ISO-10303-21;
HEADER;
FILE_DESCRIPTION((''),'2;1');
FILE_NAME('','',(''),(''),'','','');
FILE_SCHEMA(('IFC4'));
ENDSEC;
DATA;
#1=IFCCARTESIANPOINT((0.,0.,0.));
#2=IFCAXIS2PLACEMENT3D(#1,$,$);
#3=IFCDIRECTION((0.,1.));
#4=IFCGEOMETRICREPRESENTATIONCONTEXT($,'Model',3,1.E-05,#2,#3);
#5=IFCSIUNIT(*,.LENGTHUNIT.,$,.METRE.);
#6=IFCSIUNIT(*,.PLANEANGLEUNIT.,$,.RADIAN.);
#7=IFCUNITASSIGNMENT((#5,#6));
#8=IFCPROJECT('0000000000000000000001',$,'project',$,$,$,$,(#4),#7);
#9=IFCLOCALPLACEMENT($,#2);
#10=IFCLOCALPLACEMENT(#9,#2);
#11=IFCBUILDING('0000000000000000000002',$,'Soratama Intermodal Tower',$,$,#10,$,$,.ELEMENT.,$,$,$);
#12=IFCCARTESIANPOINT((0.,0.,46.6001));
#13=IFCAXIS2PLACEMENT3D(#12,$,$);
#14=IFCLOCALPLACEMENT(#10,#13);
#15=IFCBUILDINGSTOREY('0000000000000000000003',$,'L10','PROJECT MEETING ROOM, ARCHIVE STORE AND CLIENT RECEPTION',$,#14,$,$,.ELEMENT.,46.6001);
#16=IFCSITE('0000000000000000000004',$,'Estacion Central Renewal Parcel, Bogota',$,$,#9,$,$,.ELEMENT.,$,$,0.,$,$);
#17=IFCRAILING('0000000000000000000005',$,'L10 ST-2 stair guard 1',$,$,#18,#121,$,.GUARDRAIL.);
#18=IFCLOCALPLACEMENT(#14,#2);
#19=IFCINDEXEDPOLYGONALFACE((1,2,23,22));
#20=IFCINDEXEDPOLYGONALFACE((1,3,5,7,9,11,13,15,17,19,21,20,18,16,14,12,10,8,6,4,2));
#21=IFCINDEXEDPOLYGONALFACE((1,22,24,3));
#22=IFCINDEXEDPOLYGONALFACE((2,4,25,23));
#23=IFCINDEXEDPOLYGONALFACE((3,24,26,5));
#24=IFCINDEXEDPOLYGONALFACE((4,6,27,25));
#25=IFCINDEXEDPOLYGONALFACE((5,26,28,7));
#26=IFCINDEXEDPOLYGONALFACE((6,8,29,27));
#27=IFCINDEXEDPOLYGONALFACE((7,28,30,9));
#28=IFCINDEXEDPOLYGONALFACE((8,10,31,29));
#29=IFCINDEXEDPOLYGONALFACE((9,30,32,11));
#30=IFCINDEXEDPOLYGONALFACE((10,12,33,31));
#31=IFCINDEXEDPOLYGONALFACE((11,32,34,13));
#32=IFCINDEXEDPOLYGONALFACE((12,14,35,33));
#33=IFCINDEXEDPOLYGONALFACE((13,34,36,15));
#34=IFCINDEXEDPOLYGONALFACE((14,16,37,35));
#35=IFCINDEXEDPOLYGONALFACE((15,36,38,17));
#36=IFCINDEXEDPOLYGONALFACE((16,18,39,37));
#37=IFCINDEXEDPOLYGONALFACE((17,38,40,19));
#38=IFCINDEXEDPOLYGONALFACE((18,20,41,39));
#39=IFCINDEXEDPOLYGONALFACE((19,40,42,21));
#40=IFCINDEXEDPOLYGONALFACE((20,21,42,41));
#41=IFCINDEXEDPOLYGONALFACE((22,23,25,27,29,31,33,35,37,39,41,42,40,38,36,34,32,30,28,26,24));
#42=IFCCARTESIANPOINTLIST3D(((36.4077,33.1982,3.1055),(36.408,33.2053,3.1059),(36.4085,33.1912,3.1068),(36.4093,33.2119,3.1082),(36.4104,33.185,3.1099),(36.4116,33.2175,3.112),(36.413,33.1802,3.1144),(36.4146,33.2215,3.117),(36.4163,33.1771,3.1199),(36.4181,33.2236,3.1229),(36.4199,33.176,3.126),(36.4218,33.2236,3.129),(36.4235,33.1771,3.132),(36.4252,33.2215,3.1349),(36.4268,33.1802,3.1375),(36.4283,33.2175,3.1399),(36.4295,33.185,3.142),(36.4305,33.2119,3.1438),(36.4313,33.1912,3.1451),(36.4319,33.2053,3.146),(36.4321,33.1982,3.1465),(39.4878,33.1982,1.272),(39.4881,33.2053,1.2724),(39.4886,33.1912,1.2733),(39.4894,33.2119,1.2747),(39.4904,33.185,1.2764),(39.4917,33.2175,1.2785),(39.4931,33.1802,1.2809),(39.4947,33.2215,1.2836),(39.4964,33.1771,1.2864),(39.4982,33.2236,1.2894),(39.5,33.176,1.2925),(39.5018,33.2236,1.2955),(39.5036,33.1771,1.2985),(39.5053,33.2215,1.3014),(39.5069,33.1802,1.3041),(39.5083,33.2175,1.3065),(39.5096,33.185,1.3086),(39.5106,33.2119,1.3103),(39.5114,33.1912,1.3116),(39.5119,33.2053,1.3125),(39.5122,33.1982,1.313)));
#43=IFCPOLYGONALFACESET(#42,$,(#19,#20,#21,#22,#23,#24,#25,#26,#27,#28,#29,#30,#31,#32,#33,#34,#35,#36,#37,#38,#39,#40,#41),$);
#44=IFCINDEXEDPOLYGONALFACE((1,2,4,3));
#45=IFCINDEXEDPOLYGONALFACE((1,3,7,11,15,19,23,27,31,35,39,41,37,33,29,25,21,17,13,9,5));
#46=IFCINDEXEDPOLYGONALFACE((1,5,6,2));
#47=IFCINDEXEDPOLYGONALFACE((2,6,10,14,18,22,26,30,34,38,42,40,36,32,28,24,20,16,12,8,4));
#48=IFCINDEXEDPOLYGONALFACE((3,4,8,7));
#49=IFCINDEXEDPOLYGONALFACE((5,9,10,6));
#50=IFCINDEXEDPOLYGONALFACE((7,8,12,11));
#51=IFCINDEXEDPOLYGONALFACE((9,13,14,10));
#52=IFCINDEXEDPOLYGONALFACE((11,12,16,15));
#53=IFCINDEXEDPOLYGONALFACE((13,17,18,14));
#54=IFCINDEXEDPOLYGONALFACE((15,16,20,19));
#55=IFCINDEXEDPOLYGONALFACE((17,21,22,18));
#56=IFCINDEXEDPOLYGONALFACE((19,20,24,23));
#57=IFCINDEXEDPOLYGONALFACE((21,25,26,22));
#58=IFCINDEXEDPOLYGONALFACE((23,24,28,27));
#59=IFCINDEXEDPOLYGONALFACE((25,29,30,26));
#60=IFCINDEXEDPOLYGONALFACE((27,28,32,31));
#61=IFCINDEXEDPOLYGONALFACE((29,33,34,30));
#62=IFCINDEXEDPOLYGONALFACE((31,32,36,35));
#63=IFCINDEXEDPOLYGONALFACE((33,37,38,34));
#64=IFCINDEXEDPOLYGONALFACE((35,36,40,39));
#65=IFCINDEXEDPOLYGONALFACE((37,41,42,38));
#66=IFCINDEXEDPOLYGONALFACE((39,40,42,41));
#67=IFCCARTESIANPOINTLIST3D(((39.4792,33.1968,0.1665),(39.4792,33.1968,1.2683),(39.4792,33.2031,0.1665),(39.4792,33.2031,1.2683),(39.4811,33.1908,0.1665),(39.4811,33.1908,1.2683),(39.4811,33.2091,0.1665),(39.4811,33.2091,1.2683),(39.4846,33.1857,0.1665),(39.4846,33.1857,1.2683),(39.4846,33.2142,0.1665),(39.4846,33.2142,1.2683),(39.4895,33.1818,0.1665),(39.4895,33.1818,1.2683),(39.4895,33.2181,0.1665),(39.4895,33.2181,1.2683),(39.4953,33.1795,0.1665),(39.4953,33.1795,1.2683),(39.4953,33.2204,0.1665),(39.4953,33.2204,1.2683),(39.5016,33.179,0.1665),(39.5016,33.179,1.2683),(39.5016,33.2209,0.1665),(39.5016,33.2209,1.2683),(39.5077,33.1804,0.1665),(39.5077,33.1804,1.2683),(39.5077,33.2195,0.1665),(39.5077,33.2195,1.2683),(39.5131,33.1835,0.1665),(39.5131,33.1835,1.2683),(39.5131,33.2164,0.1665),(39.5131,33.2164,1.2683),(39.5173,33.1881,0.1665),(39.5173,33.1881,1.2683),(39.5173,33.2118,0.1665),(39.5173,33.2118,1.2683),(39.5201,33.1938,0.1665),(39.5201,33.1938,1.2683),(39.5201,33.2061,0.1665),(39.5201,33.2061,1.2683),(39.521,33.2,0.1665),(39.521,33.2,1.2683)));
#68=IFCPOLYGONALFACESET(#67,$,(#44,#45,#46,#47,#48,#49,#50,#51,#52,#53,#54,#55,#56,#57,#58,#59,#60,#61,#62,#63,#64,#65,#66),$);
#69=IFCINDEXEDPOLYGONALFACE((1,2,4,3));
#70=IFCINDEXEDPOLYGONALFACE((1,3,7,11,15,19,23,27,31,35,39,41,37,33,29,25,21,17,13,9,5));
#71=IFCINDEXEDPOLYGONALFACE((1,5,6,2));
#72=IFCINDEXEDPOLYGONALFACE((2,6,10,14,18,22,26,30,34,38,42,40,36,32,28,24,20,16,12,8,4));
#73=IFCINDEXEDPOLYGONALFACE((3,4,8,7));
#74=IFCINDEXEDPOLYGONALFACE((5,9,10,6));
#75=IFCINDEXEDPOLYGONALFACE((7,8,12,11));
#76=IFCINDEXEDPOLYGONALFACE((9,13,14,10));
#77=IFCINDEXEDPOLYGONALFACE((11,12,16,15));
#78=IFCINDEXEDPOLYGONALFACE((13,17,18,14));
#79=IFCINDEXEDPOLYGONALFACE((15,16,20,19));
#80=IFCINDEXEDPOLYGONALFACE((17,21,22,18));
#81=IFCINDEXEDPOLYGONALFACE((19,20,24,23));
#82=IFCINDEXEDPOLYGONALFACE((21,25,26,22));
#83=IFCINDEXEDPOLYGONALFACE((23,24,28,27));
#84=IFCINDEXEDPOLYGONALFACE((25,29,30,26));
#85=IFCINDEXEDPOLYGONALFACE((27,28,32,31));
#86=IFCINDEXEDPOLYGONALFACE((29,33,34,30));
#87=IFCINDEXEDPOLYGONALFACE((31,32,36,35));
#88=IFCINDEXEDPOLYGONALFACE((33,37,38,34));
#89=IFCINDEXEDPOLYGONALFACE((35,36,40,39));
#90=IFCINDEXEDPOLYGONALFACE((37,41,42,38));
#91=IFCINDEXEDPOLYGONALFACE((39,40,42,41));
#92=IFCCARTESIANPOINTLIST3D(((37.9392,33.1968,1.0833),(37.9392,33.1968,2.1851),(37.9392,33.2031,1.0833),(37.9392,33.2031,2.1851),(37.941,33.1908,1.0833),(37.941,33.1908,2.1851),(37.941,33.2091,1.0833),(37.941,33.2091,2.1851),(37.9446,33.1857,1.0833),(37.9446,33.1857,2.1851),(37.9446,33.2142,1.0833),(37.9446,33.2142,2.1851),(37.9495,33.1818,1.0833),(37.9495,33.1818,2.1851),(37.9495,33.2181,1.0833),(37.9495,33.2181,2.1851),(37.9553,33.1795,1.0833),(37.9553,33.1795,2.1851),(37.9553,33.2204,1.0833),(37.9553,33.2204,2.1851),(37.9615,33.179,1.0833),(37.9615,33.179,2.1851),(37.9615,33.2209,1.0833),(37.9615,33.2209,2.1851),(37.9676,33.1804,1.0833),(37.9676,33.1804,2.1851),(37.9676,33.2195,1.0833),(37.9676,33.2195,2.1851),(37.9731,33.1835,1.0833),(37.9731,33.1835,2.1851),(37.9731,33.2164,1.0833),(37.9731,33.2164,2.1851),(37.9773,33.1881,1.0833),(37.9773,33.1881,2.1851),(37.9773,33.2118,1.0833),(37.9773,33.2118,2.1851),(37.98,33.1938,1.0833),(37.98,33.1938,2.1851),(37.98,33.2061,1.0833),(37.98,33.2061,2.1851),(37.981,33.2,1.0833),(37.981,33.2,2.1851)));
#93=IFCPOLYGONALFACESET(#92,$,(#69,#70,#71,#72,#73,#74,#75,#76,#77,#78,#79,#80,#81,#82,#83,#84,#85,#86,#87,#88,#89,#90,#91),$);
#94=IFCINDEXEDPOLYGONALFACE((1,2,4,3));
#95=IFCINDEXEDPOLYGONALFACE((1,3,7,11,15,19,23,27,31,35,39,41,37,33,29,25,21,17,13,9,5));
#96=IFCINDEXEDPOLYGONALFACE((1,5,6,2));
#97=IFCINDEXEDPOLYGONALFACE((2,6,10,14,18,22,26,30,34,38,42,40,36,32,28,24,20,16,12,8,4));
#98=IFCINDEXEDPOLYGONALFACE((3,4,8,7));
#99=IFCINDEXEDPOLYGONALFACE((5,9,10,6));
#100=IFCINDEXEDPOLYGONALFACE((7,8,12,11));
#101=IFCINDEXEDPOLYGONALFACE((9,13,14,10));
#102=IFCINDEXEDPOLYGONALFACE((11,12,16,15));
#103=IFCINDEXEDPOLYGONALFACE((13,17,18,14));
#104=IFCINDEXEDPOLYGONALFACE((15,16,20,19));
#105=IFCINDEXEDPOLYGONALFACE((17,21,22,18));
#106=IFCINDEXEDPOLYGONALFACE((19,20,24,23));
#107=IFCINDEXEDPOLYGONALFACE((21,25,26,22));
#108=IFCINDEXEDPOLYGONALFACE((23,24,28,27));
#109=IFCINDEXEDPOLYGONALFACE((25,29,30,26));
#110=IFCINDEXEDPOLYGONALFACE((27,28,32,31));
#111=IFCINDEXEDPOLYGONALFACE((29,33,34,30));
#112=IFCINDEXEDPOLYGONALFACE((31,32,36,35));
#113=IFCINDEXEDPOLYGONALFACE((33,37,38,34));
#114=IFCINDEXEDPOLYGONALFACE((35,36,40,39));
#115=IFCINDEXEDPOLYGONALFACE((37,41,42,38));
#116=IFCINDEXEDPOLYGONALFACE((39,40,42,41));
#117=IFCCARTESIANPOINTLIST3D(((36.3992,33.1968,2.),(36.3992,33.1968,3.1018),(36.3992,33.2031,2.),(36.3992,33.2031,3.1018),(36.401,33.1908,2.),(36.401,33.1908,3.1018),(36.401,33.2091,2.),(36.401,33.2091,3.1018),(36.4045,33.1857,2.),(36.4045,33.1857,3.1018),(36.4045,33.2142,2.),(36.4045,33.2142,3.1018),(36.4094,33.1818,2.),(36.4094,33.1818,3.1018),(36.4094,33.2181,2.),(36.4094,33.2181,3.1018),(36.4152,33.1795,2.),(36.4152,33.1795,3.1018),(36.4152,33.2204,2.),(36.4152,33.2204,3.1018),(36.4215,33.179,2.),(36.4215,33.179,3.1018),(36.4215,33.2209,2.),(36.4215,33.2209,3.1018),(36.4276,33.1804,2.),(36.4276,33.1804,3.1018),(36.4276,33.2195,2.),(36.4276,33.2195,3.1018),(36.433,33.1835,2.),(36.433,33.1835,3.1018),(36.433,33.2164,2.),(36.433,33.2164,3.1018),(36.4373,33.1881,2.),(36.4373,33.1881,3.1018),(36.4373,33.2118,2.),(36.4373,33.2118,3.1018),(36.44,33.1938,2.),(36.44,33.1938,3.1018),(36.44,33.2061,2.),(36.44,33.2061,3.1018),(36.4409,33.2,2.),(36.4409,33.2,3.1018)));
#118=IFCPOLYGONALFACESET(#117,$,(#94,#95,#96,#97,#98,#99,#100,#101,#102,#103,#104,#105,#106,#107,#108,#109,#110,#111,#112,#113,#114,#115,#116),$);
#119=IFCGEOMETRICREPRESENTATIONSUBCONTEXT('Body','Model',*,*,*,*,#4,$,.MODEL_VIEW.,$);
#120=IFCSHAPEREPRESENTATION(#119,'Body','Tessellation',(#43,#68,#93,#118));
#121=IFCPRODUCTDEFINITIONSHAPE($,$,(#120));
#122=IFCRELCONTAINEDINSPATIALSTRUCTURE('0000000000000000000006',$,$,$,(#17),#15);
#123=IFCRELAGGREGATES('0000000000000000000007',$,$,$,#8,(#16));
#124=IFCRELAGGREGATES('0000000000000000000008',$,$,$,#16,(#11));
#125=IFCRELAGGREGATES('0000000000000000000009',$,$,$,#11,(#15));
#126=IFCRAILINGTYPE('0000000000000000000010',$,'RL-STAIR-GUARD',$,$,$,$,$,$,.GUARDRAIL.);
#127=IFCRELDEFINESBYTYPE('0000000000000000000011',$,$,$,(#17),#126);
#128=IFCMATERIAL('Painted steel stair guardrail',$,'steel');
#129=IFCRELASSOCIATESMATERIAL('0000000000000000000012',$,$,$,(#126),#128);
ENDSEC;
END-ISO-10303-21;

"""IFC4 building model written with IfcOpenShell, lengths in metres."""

from ifc_helpers import new_model, si_unit, direction, frame, origin, origin_2d, place, context, subcontext, project, spatial, circle, extrude, material, type_object, element, save


model = new_model("IFC4")

# Units and contexts
model_context = context("Model", 3, precision=1e-05, world=origin(), true_north=direction((0.0, 1.0)))
body_context = subcontext(model_context, "Body", "Model", "MODEL_VIEW")
ifc_project = project(units=[si_unit("LENGTHUNIT", "METRE"), si_unit("PLANEANGLEUNIT", "RADIAN")], contexts=[model_context])

# Site, building, storey
site_placement = place(None, origin())
site = spatial("IfcSite", under=ifc_project, at=site_placement, Name="Estacion Central Renewal Parcel, Bogota", CompositionType="ELEMENT", RefElevation=0.0)
building_placement = place(site_placement, origin())
building = spatial("IfcBuilding", under=site, at=building_placement, Name="Soratama Intermodal Tower", CompositionType="ELEMENT")
storey_placement = place(building_placement, frame((0.0, 0.0, 46.6001)))
storey = spatial("IfcBuildingStorey", under=building, at=storey_placement, Name="L10", Description="PROJECT MEETING ROOM, ARCHIVE STORE AND CLIENT RECEPTION", CompositionType="ELEMENT", Elevation=46.6001)

# Railing
ifc_material_1 = material(Name="Painted steel stair guardrail", Category="steel")
railing_type_1 = type_object("IfcRailingType", Name="RL-STAIR-GUARD", PredefinedType="GUARDRAIL", material=ifc_material_1)
railing_1_placement = place(storey_placement, frame((39.5, 33.2, 0.1665)))
element("IfcRailing", 1, at=railing_1_placement, inside=storey, type_object=railing_type_1, Name="L10 ST-2 stair guard 1", PredefinedType="GUARDRAIL", context=body_context, shape_type="SweptSolid", body=[
    extrude(circle(Radius=0.0239, at=origin_2d()), frame((0.0, 0.0, 1.126), z_axis=(-0.859279, 0.0, 0.511508), x_axis=(0.0, -1.0, 0.0)), (0.0, 0.0, 1.0), 3.5845),
    extrude(circle(Radius=0.021, at=origin_2d()), origin(), (0.0, 0.0, 1.0), 1.1018),
    extrude(circle(Radius=0.021, at=origin_2d()), frame((-1.54, 0.0, 0.9167)), (0.0, 0.0, 1.0), 1.1018),
    extrude(circle(Radius=0.021, at=origin_2d()), frame((-3.0801, 0.0, 1.8335)), (0.0, 0.0, 1.0), 1.1018),
])

save(model, "model.ifc")
